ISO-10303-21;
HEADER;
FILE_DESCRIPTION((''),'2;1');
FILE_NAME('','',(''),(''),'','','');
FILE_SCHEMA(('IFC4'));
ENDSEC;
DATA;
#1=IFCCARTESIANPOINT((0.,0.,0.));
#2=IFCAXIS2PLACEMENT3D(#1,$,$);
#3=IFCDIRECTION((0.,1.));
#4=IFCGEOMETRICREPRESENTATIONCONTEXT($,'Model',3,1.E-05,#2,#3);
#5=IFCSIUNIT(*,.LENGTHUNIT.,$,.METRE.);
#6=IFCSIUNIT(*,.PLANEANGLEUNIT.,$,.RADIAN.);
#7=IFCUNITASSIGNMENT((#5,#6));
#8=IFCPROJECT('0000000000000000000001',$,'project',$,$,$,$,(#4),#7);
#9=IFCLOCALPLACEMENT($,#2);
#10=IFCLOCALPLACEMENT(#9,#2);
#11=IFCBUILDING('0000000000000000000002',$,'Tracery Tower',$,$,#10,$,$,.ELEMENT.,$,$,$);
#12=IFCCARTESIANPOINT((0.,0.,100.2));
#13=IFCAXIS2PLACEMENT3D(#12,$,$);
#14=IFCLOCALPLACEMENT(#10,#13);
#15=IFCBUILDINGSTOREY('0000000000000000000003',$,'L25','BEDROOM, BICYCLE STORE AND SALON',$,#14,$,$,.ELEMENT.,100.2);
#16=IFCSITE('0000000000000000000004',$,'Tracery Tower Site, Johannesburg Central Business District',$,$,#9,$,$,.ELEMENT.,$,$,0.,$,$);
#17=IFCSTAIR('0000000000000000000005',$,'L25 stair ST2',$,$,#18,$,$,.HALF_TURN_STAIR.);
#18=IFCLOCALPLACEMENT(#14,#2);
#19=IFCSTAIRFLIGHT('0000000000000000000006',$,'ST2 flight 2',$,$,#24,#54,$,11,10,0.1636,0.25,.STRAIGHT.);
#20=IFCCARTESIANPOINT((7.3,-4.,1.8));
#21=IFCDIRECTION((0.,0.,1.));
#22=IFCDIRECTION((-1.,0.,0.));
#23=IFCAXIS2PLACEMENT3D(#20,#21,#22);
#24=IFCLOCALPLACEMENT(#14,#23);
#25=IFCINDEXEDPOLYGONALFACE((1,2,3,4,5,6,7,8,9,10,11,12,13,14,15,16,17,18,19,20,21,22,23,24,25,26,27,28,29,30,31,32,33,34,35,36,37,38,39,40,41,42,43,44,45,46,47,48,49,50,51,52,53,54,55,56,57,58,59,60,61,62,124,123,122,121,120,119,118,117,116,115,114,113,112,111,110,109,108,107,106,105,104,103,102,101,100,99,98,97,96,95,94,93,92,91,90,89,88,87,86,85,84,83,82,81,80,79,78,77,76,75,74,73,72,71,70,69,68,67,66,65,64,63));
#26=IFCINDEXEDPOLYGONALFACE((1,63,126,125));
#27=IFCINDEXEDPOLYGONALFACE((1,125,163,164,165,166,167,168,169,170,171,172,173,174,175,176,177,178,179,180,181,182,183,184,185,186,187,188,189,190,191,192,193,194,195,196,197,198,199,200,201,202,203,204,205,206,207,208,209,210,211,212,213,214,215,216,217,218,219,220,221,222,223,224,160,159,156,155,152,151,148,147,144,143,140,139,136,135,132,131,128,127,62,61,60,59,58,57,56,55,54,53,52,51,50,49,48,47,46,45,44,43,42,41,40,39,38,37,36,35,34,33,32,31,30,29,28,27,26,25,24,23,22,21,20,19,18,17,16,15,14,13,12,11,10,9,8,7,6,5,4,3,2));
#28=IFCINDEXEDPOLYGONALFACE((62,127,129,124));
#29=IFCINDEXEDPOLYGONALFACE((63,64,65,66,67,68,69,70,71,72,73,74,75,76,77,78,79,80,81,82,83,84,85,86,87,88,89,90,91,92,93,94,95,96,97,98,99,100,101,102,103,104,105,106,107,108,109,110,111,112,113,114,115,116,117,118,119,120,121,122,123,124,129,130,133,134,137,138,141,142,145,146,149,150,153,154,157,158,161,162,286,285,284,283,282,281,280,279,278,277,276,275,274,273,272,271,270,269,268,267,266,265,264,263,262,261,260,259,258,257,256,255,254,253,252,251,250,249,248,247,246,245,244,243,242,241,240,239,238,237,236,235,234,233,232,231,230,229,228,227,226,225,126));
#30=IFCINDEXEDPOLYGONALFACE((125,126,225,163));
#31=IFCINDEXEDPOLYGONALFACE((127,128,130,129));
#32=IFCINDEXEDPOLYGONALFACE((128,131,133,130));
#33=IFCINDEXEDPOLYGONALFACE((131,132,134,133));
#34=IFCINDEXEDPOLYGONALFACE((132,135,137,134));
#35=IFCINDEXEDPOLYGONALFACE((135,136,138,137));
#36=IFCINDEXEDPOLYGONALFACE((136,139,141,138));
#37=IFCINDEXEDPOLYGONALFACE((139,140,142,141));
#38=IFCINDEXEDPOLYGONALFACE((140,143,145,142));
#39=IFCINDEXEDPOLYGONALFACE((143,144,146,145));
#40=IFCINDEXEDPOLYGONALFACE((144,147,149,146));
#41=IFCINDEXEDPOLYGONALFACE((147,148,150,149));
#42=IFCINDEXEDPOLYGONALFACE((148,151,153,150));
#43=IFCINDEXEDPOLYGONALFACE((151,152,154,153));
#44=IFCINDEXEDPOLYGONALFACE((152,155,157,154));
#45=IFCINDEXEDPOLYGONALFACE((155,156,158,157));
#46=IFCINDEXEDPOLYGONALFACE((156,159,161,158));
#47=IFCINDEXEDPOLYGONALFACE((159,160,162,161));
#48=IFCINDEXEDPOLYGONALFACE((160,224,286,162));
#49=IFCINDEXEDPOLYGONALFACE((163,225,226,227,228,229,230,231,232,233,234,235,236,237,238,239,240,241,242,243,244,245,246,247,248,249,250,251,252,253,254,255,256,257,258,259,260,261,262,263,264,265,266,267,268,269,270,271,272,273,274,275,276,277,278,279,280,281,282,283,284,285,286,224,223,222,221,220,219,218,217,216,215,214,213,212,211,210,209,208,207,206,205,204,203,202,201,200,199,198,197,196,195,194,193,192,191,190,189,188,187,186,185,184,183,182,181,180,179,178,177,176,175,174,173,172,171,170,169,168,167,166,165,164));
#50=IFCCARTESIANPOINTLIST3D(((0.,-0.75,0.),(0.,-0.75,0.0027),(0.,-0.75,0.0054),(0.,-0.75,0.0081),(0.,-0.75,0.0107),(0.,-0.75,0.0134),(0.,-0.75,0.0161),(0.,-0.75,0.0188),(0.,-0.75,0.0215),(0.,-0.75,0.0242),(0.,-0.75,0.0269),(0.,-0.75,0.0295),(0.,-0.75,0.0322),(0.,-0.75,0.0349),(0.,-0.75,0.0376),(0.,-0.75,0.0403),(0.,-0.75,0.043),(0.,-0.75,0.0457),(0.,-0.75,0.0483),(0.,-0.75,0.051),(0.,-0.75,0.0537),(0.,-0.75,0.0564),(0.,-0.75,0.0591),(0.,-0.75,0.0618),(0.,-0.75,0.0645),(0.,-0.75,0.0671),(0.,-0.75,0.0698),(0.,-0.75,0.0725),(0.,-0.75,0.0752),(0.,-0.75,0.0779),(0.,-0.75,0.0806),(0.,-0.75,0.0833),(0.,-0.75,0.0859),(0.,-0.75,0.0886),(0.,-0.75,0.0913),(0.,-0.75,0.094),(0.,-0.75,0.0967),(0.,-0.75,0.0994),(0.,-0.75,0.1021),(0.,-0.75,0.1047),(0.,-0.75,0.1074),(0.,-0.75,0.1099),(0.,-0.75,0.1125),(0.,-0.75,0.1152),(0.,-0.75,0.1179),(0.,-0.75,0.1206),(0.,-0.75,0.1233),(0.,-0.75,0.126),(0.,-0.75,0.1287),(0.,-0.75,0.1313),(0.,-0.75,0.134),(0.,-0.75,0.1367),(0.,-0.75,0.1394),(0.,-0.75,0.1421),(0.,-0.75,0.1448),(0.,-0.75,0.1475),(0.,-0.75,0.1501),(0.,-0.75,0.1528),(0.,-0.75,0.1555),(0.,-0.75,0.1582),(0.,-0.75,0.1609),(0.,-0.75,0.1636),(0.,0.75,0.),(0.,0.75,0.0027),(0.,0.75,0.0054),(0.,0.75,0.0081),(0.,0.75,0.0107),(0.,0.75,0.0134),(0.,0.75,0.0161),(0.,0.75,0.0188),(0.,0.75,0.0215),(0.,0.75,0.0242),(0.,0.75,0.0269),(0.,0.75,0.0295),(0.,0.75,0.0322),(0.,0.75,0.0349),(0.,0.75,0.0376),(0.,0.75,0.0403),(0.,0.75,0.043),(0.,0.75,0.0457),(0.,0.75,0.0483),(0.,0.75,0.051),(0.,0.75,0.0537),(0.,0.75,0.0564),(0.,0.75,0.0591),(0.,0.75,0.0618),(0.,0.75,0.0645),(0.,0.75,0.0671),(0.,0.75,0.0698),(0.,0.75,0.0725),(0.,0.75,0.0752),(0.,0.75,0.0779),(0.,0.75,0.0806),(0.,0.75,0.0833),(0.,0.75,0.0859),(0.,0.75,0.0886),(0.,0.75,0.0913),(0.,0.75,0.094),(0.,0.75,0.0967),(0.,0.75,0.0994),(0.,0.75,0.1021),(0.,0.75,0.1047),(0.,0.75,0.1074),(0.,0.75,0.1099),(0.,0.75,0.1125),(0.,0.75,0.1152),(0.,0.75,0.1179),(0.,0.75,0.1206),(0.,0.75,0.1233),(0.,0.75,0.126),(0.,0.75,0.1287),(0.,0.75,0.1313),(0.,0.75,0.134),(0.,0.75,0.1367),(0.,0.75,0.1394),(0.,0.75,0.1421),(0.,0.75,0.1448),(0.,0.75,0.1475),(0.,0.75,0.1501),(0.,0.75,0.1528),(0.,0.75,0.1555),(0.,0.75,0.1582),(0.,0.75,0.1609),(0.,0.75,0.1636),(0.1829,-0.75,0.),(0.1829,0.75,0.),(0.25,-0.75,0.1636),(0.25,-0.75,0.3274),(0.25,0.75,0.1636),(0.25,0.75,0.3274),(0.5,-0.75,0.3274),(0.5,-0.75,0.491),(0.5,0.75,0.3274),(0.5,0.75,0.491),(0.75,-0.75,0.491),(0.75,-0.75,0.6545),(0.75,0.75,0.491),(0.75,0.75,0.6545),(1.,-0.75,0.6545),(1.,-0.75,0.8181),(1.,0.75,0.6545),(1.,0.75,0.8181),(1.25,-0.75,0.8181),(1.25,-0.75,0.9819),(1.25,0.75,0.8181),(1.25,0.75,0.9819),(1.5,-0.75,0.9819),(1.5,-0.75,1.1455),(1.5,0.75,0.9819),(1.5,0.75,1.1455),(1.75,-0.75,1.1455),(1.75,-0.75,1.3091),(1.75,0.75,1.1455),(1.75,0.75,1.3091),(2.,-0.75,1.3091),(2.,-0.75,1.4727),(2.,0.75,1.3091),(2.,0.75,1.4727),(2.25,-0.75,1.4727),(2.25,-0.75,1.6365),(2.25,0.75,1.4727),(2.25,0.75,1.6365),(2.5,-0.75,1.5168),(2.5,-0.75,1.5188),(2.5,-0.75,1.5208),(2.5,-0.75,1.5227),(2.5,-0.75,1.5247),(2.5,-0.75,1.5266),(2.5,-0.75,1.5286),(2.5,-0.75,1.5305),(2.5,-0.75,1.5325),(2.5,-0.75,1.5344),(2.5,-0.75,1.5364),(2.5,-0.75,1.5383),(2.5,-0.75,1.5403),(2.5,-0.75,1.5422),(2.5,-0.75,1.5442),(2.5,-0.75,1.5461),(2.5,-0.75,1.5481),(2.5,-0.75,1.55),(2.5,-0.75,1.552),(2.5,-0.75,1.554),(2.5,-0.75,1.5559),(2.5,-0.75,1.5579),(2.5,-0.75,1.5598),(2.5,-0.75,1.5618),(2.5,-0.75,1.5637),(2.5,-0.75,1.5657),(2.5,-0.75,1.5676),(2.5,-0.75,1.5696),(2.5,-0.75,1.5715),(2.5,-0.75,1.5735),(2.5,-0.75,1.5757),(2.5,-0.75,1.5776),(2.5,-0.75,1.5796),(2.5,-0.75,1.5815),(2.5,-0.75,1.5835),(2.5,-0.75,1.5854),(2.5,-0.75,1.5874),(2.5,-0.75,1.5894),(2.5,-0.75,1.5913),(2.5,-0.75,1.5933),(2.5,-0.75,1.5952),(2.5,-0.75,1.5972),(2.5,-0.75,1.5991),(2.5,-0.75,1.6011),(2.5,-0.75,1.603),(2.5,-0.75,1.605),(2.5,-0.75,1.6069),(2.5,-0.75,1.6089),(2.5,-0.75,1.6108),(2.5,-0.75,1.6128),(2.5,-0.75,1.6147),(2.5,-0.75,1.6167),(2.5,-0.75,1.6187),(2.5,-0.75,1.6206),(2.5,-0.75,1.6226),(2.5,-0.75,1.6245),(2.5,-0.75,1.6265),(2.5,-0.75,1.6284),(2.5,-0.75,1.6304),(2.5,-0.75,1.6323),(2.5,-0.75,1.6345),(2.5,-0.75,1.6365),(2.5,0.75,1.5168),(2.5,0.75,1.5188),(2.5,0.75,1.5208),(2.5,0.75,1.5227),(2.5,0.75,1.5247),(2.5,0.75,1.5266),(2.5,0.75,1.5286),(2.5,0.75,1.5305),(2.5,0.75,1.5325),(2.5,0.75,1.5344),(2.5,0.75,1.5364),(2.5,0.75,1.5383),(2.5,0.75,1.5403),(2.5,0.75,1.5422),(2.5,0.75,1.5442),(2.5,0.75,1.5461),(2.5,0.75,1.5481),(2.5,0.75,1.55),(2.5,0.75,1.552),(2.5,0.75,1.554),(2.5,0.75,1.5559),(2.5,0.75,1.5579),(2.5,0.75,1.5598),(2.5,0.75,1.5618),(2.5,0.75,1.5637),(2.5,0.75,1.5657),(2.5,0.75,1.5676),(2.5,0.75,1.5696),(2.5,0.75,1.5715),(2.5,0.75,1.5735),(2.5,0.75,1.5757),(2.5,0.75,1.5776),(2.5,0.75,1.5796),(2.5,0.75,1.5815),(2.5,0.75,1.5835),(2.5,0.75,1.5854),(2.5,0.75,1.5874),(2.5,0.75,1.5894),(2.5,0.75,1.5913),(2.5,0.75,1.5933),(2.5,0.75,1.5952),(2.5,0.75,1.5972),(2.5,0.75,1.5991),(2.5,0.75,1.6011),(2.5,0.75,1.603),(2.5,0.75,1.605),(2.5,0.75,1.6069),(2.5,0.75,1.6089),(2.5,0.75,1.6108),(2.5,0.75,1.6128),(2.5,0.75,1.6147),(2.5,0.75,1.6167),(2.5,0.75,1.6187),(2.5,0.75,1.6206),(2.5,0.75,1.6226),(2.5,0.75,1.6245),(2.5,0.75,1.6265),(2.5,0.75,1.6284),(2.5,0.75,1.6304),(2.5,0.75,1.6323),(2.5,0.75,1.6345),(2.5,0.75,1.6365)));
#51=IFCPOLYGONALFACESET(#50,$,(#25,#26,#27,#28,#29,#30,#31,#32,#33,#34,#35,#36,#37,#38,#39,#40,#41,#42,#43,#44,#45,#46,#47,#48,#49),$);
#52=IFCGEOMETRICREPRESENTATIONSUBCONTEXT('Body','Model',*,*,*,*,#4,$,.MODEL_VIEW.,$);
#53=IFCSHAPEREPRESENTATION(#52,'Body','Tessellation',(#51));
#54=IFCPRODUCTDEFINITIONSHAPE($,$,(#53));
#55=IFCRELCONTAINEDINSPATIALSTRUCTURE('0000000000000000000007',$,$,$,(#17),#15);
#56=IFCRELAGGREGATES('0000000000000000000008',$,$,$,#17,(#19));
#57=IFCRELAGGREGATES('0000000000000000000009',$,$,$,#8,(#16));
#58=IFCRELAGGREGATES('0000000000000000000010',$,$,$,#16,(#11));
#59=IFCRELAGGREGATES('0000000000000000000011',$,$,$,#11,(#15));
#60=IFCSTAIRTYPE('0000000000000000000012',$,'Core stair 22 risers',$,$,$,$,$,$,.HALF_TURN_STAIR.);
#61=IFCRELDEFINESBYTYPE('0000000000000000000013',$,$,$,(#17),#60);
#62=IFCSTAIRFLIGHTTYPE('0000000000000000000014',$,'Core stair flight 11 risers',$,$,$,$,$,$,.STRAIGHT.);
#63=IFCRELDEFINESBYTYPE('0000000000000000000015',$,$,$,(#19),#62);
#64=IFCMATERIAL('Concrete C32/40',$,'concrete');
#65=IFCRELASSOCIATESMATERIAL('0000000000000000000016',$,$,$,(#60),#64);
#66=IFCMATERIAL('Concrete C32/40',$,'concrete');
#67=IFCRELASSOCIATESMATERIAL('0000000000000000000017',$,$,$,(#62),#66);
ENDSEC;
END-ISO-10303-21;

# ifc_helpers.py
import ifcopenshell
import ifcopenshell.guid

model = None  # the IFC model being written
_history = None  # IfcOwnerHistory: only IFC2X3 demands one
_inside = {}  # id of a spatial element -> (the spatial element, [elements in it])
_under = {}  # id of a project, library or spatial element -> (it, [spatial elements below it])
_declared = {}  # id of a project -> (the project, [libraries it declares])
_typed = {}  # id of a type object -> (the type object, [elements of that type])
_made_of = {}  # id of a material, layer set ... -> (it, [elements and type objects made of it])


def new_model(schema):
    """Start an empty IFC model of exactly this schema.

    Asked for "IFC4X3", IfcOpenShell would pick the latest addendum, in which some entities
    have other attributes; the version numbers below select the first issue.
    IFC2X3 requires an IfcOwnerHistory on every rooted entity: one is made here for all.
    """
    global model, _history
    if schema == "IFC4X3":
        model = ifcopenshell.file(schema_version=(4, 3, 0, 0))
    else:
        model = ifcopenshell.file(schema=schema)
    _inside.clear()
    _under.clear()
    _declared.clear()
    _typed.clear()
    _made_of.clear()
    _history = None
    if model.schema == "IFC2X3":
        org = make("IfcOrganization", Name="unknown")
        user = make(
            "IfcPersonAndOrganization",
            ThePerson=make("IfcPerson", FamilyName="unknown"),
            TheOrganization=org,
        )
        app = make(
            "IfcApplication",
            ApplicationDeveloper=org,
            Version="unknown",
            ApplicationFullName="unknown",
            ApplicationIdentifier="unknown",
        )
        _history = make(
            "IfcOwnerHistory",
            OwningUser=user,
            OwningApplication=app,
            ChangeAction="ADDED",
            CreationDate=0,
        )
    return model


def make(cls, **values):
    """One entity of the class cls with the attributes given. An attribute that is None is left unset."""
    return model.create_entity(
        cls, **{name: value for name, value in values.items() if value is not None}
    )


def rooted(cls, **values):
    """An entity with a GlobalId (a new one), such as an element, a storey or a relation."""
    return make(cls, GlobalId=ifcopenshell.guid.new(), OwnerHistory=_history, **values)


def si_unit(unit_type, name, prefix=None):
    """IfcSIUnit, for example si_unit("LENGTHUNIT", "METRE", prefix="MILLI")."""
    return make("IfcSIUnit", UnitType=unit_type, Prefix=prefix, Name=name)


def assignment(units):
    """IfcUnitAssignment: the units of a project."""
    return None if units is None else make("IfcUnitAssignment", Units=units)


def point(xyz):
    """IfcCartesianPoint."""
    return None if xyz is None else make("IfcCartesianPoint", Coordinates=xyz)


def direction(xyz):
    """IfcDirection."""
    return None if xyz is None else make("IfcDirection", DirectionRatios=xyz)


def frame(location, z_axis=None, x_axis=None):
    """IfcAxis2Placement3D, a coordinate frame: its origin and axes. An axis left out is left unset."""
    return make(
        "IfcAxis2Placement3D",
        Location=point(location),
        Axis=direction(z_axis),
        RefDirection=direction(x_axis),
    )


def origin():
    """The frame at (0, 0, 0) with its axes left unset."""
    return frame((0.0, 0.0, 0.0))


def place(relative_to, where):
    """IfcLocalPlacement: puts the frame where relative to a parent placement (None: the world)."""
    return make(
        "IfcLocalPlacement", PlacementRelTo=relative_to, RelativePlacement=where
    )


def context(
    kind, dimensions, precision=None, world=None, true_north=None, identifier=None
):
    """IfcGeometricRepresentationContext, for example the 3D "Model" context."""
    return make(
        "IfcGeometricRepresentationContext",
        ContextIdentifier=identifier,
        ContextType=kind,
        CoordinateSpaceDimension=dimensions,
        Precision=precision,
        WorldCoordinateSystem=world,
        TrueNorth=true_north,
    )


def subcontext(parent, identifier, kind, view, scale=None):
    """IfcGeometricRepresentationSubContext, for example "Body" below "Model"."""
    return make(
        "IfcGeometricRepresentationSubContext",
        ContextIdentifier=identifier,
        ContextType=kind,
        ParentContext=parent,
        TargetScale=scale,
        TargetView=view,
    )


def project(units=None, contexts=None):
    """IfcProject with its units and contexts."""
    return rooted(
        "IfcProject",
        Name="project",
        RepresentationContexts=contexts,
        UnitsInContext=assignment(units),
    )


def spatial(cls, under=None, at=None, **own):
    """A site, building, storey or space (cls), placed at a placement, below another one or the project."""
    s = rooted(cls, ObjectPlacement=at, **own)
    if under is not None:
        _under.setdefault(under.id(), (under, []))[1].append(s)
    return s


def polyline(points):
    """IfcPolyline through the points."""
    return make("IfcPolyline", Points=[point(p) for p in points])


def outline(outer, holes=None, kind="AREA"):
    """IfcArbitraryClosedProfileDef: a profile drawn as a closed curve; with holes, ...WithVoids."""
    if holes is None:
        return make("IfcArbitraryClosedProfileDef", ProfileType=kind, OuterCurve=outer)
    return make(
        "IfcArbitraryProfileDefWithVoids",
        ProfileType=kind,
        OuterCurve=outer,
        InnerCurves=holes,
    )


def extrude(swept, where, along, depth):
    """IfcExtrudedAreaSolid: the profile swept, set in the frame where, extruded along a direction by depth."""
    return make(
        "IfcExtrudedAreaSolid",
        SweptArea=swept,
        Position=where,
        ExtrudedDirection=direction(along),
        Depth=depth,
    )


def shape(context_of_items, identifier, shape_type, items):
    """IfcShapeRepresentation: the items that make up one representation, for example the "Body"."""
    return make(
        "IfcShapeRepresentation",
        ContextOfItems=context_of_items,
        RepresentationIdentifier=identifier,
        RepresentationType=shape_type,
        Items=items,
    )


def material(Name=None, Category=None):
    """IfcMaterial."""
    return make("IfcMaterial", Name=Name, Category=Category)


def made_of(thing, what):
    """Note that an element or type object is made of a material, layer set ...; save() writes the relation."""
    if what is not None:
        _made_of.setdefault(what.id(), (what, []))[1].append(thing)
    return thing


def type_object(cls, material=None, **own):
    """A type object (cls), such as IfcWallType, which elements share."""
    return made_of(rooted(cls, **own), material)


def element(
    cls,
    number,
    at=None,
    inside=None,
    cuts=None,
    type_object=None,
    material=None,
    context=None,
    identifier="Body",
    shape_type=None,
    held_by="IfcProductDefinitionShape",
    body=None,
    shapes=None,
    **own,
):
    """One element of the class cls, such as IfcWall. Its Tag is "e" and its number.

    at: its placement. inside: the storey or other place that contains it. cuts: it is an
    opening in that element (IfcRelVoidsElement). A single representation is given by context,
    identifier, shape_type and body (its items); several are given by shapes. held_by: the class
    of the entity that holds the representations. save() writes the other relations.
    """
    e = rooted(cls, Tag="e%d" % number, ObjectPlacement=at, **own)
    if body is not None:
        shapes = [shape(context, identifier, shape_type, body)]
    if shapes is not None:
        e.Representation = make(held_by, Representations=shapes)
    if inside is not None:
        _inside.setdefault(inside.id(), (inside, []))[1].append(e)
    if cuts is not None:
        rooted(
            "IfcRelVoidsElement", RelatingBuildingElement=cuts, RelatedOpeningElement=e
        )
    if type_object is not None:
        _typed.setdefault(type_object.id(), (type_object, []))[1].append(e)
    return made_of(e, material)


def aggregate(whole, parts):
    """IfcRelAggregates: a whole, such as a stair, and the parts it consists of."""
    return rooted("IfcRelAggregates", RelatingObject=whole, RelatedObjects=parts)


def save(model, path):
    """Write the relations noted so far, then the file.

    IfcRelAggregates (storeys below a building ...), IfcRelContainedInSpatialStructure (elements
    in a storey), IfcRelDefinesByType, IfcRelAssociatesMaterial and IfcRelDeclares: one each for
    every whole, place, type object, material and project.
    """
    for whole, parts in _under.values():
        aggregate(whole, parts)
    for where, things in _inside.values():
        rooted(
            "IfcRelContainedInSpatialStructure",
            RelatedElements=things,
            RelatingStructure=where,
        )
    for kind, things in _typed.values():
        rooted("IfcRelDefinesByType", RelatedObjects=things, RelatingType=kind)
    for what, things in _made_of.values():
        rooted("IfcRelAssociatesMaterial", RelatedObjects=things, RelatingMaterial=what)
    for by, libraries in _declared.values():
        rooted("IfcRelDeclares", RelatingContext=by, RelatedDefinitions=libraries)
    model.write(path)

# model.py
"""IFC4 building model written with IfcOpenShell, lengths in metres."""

from ifc_helpers import new_model, si_unit, direction, frame, origin, place, context, subcontext, project, spatial, polyline, outline, extrude, material, type_object, element, aggregate, save


model = new_model("IFC4")

# Units and contexts
model_context = context("Model", 3, precision=1e-05, world=origin(), true_north=direction((0.0, 1.0)))
body_context = subcontext(model_context, "Body", "Model", "MODEL_VIEW")
ifc_project = project(units=[si_unit("LENGTHUNIT", "METRE"), si_unit("PLANEANGLEUNIT", "RADIAN")], contexts=[model_context])

# Site, building, storey
site_placement = place(None, origin())
site = spatial("IfcSite", under=ifc_project, at=site_placement, Name="Tracery Tower Site, Johannesburg Central Business District", CompositionType="ELEMENT", RefElevation=0.0)
building_placement = place(site_placement, origin())
building = spatial("IfcBuilding", under=site, at=building_placement, Name="Tracery Tower", CompositionType="ELEMENT")
storey_placement = place(building_placement, frame((0.0, 0.0, 100.2)))
storey = spatial("IfcBuildingStorey", under=building, at=storey_placement, Name="L25", Description="BEDROOM, BICYCLE STORE AND SALON", CompositionType="ELEMENT", Elevation=100.2)

# Stair, stair flight
ifc_material_1 = material(Name="Concrete C32/40", Category="concrete")
stair_type = type_object("IfcStairType", Name="Core stair 22 risers", PredefinedType="HALF_TURN_STAIR", material=ifc_material_1)
stair_placement = place(storey_placement, origin())
stair = element("IfcStair", 1, at=stair_placement, inside=storey, type_object=stair_type, Name="L25 stair ST2", PredefinedType="HALF_TURN_STAIR")
ifc_material_2 = material(Name="Concrete C32/40", Category="concrete")
stair_flight_type = type_object("IfcStairFlightType", Name="Core stair flight 11 risers", PredefinedType="STRAIGHT", material=ifc_material_2)
stair_flight_1_placement = place(storey_placement, frame((7.3, -4.0, 1.8), z_axis=(0.0, 0.0, 1.0), x_axis=(-1.0, 0.0, 0.0)))
stair_flight_1 = element("IfcStairFlight", 2, at=stair_flight_1_placement, type_object=stair_flight_type, Name="ST2 flight 2", NumberOfRisers=11, NumberOfTreads=10, PredefinedType="STRAIGHT", RiserHeight=0.1636, TreadLength=0.25, context=body_context, shape_type="SweptSolid", body=[
    extrude(outline(polyline([(0.0, 0.0), (0.0, 0.0027), (0.0, 0.0054), (0.0, 0.0081), (0.0, 0.0107), (0.0, 0.0134), (0.0, 0.0161), (0.0, 0.0188), (0.0, 0.0215), (0.0, 0.0242), (0.0, 0.0269), (0.0, 0.0295), (0.0, 0.0322), (0.0, 0.0349), (0.0, 0.0376), (0.0, 0.0403), (0.0, 0.043), (0.0, 0.0457), (0.0, 0.0483), (0.0, 0.051), (0.0, 0.0537), (0.0, 0.0564), (0.0, 0.0591), (0.0, 0.0618), (0.0, 0.0645), (0.0, 0.0671), (0.0, 0.0698), (0.0, 0.0725), (0.0, 0.0752), (0.0, 0.0779), (0.0, 0.0806), (0.0, 0.0833), (0.0, 0.0859), (0.0, 0.0886), (0.0, 0.0913), (0.0, 0.094), (0.0, 0.0967), (0.0, 0.0994), (0.0, 0.1021), (0.0, 0.1047), (0.0, 0.1074), (0.0, 0.1099), (0.0, 0.1125), (0.0, 0.1152), (0.0, 0.1179), (0.0, 0.1206), (0.0, 0.1233), (0.0, 0.126), (0.0, 0.1287), (0.0, 0.1313), (0.0, 0.134), (0.0, 0.1367), (0.0, 0.1394), (0.0, 0.1421), (0.0, 0.1448), (0.0, 0.1475), (0.0, 0.1501), (0.0, 0.1528), (0.0, 0.1555), (0.0, 0.1582), (0.0, 0.1609), (0.0, 0.1636), (0.25, 0.1636), (0.25, 0.3274), (0.5, 0.3274), (0.5, 0.491), (0.75, 0.491), (0.75, 0.6545), (1.0, 0.6545), (1.0, 0.8181), (1.25, 0.8181), (1.25, 0.9819), (1.5, 0.9819), (1.5, 1.1455), (1.75, 1.1455), (1.75, 1.3091), (2.0, 1.3091), (2.0, 1.4727), (2.25, 1.4727), (2.25, 1.6365), (2.5, 1.6365), (2.5, 1.6345), (2.5, 1.6323), (2.5, 1.6304), (2.5, 1.6284), (2.5, 1.6265), (2.5, 1.6245), (2.5, 1.6226), (2.5, 1.6206), (2.5, 1.6187), (2.5, 1.6167), (2.5, 1.6147), (2.5, 1.6128), (2.5, 1.6108), (2.5, 1.6089), (2.5, 1.6069), (2.5, 1.605), (2.5, 1.603), (2.5, 1.6011), (2.5, 1.5991), (2.5, 1.5972), (2.5, 1.5952), (2.5, 1.5933), (2.5, 1.5913), (2.5, 1.5894), (2.5, 1.5874), (2.5, 1.5854), (2.5, 1.5835), (2.5, 1.5815), (2.5, 1.5796), (2.5, 1.5776), (2.5, 1.5757), (2.5, 1.5735), (2.5, 1.5715), (2.5, 1.5696), (2.5, 1.5676), (2.5, 1.5657), (2.5, 1.5637), (2.5, 1.5618), (2.5, 1.5598), (2.5, 1.5579), (2.5, 1.5559), (2.5, 1.554), (2.5, 1.552), (2.5, 1.55), (2.5, 1.5481), (2.5, 1.5461), (2.5, 1.5442), (2.5, 1.5422), (2.5, 1.5403), (2.5, 1.5383), (2.5, 1.5364), (2.5, 1.5344), (2.5, 1.5325), (2.5, 1.5305), (2.5, 1.5286), (2.5, 1.5266), (2.5, 1.5247), (2.5, 1.5227), (2.5, 1.5208), (2.5, 1.5188), (2.5, 1.5168), (0.1829, 0.0), (0.0, 0.0)])), frame((0.0, 0.75, 0.0), z_axis=(0.0, -1.0, 0.0), x_axis=(1.0, 0.0, 0.0)), (0.0, 0.0, 1.0), 1.5),
])
aggregate(stair, [stair_flight_1])

save(model, "model.ifc")
